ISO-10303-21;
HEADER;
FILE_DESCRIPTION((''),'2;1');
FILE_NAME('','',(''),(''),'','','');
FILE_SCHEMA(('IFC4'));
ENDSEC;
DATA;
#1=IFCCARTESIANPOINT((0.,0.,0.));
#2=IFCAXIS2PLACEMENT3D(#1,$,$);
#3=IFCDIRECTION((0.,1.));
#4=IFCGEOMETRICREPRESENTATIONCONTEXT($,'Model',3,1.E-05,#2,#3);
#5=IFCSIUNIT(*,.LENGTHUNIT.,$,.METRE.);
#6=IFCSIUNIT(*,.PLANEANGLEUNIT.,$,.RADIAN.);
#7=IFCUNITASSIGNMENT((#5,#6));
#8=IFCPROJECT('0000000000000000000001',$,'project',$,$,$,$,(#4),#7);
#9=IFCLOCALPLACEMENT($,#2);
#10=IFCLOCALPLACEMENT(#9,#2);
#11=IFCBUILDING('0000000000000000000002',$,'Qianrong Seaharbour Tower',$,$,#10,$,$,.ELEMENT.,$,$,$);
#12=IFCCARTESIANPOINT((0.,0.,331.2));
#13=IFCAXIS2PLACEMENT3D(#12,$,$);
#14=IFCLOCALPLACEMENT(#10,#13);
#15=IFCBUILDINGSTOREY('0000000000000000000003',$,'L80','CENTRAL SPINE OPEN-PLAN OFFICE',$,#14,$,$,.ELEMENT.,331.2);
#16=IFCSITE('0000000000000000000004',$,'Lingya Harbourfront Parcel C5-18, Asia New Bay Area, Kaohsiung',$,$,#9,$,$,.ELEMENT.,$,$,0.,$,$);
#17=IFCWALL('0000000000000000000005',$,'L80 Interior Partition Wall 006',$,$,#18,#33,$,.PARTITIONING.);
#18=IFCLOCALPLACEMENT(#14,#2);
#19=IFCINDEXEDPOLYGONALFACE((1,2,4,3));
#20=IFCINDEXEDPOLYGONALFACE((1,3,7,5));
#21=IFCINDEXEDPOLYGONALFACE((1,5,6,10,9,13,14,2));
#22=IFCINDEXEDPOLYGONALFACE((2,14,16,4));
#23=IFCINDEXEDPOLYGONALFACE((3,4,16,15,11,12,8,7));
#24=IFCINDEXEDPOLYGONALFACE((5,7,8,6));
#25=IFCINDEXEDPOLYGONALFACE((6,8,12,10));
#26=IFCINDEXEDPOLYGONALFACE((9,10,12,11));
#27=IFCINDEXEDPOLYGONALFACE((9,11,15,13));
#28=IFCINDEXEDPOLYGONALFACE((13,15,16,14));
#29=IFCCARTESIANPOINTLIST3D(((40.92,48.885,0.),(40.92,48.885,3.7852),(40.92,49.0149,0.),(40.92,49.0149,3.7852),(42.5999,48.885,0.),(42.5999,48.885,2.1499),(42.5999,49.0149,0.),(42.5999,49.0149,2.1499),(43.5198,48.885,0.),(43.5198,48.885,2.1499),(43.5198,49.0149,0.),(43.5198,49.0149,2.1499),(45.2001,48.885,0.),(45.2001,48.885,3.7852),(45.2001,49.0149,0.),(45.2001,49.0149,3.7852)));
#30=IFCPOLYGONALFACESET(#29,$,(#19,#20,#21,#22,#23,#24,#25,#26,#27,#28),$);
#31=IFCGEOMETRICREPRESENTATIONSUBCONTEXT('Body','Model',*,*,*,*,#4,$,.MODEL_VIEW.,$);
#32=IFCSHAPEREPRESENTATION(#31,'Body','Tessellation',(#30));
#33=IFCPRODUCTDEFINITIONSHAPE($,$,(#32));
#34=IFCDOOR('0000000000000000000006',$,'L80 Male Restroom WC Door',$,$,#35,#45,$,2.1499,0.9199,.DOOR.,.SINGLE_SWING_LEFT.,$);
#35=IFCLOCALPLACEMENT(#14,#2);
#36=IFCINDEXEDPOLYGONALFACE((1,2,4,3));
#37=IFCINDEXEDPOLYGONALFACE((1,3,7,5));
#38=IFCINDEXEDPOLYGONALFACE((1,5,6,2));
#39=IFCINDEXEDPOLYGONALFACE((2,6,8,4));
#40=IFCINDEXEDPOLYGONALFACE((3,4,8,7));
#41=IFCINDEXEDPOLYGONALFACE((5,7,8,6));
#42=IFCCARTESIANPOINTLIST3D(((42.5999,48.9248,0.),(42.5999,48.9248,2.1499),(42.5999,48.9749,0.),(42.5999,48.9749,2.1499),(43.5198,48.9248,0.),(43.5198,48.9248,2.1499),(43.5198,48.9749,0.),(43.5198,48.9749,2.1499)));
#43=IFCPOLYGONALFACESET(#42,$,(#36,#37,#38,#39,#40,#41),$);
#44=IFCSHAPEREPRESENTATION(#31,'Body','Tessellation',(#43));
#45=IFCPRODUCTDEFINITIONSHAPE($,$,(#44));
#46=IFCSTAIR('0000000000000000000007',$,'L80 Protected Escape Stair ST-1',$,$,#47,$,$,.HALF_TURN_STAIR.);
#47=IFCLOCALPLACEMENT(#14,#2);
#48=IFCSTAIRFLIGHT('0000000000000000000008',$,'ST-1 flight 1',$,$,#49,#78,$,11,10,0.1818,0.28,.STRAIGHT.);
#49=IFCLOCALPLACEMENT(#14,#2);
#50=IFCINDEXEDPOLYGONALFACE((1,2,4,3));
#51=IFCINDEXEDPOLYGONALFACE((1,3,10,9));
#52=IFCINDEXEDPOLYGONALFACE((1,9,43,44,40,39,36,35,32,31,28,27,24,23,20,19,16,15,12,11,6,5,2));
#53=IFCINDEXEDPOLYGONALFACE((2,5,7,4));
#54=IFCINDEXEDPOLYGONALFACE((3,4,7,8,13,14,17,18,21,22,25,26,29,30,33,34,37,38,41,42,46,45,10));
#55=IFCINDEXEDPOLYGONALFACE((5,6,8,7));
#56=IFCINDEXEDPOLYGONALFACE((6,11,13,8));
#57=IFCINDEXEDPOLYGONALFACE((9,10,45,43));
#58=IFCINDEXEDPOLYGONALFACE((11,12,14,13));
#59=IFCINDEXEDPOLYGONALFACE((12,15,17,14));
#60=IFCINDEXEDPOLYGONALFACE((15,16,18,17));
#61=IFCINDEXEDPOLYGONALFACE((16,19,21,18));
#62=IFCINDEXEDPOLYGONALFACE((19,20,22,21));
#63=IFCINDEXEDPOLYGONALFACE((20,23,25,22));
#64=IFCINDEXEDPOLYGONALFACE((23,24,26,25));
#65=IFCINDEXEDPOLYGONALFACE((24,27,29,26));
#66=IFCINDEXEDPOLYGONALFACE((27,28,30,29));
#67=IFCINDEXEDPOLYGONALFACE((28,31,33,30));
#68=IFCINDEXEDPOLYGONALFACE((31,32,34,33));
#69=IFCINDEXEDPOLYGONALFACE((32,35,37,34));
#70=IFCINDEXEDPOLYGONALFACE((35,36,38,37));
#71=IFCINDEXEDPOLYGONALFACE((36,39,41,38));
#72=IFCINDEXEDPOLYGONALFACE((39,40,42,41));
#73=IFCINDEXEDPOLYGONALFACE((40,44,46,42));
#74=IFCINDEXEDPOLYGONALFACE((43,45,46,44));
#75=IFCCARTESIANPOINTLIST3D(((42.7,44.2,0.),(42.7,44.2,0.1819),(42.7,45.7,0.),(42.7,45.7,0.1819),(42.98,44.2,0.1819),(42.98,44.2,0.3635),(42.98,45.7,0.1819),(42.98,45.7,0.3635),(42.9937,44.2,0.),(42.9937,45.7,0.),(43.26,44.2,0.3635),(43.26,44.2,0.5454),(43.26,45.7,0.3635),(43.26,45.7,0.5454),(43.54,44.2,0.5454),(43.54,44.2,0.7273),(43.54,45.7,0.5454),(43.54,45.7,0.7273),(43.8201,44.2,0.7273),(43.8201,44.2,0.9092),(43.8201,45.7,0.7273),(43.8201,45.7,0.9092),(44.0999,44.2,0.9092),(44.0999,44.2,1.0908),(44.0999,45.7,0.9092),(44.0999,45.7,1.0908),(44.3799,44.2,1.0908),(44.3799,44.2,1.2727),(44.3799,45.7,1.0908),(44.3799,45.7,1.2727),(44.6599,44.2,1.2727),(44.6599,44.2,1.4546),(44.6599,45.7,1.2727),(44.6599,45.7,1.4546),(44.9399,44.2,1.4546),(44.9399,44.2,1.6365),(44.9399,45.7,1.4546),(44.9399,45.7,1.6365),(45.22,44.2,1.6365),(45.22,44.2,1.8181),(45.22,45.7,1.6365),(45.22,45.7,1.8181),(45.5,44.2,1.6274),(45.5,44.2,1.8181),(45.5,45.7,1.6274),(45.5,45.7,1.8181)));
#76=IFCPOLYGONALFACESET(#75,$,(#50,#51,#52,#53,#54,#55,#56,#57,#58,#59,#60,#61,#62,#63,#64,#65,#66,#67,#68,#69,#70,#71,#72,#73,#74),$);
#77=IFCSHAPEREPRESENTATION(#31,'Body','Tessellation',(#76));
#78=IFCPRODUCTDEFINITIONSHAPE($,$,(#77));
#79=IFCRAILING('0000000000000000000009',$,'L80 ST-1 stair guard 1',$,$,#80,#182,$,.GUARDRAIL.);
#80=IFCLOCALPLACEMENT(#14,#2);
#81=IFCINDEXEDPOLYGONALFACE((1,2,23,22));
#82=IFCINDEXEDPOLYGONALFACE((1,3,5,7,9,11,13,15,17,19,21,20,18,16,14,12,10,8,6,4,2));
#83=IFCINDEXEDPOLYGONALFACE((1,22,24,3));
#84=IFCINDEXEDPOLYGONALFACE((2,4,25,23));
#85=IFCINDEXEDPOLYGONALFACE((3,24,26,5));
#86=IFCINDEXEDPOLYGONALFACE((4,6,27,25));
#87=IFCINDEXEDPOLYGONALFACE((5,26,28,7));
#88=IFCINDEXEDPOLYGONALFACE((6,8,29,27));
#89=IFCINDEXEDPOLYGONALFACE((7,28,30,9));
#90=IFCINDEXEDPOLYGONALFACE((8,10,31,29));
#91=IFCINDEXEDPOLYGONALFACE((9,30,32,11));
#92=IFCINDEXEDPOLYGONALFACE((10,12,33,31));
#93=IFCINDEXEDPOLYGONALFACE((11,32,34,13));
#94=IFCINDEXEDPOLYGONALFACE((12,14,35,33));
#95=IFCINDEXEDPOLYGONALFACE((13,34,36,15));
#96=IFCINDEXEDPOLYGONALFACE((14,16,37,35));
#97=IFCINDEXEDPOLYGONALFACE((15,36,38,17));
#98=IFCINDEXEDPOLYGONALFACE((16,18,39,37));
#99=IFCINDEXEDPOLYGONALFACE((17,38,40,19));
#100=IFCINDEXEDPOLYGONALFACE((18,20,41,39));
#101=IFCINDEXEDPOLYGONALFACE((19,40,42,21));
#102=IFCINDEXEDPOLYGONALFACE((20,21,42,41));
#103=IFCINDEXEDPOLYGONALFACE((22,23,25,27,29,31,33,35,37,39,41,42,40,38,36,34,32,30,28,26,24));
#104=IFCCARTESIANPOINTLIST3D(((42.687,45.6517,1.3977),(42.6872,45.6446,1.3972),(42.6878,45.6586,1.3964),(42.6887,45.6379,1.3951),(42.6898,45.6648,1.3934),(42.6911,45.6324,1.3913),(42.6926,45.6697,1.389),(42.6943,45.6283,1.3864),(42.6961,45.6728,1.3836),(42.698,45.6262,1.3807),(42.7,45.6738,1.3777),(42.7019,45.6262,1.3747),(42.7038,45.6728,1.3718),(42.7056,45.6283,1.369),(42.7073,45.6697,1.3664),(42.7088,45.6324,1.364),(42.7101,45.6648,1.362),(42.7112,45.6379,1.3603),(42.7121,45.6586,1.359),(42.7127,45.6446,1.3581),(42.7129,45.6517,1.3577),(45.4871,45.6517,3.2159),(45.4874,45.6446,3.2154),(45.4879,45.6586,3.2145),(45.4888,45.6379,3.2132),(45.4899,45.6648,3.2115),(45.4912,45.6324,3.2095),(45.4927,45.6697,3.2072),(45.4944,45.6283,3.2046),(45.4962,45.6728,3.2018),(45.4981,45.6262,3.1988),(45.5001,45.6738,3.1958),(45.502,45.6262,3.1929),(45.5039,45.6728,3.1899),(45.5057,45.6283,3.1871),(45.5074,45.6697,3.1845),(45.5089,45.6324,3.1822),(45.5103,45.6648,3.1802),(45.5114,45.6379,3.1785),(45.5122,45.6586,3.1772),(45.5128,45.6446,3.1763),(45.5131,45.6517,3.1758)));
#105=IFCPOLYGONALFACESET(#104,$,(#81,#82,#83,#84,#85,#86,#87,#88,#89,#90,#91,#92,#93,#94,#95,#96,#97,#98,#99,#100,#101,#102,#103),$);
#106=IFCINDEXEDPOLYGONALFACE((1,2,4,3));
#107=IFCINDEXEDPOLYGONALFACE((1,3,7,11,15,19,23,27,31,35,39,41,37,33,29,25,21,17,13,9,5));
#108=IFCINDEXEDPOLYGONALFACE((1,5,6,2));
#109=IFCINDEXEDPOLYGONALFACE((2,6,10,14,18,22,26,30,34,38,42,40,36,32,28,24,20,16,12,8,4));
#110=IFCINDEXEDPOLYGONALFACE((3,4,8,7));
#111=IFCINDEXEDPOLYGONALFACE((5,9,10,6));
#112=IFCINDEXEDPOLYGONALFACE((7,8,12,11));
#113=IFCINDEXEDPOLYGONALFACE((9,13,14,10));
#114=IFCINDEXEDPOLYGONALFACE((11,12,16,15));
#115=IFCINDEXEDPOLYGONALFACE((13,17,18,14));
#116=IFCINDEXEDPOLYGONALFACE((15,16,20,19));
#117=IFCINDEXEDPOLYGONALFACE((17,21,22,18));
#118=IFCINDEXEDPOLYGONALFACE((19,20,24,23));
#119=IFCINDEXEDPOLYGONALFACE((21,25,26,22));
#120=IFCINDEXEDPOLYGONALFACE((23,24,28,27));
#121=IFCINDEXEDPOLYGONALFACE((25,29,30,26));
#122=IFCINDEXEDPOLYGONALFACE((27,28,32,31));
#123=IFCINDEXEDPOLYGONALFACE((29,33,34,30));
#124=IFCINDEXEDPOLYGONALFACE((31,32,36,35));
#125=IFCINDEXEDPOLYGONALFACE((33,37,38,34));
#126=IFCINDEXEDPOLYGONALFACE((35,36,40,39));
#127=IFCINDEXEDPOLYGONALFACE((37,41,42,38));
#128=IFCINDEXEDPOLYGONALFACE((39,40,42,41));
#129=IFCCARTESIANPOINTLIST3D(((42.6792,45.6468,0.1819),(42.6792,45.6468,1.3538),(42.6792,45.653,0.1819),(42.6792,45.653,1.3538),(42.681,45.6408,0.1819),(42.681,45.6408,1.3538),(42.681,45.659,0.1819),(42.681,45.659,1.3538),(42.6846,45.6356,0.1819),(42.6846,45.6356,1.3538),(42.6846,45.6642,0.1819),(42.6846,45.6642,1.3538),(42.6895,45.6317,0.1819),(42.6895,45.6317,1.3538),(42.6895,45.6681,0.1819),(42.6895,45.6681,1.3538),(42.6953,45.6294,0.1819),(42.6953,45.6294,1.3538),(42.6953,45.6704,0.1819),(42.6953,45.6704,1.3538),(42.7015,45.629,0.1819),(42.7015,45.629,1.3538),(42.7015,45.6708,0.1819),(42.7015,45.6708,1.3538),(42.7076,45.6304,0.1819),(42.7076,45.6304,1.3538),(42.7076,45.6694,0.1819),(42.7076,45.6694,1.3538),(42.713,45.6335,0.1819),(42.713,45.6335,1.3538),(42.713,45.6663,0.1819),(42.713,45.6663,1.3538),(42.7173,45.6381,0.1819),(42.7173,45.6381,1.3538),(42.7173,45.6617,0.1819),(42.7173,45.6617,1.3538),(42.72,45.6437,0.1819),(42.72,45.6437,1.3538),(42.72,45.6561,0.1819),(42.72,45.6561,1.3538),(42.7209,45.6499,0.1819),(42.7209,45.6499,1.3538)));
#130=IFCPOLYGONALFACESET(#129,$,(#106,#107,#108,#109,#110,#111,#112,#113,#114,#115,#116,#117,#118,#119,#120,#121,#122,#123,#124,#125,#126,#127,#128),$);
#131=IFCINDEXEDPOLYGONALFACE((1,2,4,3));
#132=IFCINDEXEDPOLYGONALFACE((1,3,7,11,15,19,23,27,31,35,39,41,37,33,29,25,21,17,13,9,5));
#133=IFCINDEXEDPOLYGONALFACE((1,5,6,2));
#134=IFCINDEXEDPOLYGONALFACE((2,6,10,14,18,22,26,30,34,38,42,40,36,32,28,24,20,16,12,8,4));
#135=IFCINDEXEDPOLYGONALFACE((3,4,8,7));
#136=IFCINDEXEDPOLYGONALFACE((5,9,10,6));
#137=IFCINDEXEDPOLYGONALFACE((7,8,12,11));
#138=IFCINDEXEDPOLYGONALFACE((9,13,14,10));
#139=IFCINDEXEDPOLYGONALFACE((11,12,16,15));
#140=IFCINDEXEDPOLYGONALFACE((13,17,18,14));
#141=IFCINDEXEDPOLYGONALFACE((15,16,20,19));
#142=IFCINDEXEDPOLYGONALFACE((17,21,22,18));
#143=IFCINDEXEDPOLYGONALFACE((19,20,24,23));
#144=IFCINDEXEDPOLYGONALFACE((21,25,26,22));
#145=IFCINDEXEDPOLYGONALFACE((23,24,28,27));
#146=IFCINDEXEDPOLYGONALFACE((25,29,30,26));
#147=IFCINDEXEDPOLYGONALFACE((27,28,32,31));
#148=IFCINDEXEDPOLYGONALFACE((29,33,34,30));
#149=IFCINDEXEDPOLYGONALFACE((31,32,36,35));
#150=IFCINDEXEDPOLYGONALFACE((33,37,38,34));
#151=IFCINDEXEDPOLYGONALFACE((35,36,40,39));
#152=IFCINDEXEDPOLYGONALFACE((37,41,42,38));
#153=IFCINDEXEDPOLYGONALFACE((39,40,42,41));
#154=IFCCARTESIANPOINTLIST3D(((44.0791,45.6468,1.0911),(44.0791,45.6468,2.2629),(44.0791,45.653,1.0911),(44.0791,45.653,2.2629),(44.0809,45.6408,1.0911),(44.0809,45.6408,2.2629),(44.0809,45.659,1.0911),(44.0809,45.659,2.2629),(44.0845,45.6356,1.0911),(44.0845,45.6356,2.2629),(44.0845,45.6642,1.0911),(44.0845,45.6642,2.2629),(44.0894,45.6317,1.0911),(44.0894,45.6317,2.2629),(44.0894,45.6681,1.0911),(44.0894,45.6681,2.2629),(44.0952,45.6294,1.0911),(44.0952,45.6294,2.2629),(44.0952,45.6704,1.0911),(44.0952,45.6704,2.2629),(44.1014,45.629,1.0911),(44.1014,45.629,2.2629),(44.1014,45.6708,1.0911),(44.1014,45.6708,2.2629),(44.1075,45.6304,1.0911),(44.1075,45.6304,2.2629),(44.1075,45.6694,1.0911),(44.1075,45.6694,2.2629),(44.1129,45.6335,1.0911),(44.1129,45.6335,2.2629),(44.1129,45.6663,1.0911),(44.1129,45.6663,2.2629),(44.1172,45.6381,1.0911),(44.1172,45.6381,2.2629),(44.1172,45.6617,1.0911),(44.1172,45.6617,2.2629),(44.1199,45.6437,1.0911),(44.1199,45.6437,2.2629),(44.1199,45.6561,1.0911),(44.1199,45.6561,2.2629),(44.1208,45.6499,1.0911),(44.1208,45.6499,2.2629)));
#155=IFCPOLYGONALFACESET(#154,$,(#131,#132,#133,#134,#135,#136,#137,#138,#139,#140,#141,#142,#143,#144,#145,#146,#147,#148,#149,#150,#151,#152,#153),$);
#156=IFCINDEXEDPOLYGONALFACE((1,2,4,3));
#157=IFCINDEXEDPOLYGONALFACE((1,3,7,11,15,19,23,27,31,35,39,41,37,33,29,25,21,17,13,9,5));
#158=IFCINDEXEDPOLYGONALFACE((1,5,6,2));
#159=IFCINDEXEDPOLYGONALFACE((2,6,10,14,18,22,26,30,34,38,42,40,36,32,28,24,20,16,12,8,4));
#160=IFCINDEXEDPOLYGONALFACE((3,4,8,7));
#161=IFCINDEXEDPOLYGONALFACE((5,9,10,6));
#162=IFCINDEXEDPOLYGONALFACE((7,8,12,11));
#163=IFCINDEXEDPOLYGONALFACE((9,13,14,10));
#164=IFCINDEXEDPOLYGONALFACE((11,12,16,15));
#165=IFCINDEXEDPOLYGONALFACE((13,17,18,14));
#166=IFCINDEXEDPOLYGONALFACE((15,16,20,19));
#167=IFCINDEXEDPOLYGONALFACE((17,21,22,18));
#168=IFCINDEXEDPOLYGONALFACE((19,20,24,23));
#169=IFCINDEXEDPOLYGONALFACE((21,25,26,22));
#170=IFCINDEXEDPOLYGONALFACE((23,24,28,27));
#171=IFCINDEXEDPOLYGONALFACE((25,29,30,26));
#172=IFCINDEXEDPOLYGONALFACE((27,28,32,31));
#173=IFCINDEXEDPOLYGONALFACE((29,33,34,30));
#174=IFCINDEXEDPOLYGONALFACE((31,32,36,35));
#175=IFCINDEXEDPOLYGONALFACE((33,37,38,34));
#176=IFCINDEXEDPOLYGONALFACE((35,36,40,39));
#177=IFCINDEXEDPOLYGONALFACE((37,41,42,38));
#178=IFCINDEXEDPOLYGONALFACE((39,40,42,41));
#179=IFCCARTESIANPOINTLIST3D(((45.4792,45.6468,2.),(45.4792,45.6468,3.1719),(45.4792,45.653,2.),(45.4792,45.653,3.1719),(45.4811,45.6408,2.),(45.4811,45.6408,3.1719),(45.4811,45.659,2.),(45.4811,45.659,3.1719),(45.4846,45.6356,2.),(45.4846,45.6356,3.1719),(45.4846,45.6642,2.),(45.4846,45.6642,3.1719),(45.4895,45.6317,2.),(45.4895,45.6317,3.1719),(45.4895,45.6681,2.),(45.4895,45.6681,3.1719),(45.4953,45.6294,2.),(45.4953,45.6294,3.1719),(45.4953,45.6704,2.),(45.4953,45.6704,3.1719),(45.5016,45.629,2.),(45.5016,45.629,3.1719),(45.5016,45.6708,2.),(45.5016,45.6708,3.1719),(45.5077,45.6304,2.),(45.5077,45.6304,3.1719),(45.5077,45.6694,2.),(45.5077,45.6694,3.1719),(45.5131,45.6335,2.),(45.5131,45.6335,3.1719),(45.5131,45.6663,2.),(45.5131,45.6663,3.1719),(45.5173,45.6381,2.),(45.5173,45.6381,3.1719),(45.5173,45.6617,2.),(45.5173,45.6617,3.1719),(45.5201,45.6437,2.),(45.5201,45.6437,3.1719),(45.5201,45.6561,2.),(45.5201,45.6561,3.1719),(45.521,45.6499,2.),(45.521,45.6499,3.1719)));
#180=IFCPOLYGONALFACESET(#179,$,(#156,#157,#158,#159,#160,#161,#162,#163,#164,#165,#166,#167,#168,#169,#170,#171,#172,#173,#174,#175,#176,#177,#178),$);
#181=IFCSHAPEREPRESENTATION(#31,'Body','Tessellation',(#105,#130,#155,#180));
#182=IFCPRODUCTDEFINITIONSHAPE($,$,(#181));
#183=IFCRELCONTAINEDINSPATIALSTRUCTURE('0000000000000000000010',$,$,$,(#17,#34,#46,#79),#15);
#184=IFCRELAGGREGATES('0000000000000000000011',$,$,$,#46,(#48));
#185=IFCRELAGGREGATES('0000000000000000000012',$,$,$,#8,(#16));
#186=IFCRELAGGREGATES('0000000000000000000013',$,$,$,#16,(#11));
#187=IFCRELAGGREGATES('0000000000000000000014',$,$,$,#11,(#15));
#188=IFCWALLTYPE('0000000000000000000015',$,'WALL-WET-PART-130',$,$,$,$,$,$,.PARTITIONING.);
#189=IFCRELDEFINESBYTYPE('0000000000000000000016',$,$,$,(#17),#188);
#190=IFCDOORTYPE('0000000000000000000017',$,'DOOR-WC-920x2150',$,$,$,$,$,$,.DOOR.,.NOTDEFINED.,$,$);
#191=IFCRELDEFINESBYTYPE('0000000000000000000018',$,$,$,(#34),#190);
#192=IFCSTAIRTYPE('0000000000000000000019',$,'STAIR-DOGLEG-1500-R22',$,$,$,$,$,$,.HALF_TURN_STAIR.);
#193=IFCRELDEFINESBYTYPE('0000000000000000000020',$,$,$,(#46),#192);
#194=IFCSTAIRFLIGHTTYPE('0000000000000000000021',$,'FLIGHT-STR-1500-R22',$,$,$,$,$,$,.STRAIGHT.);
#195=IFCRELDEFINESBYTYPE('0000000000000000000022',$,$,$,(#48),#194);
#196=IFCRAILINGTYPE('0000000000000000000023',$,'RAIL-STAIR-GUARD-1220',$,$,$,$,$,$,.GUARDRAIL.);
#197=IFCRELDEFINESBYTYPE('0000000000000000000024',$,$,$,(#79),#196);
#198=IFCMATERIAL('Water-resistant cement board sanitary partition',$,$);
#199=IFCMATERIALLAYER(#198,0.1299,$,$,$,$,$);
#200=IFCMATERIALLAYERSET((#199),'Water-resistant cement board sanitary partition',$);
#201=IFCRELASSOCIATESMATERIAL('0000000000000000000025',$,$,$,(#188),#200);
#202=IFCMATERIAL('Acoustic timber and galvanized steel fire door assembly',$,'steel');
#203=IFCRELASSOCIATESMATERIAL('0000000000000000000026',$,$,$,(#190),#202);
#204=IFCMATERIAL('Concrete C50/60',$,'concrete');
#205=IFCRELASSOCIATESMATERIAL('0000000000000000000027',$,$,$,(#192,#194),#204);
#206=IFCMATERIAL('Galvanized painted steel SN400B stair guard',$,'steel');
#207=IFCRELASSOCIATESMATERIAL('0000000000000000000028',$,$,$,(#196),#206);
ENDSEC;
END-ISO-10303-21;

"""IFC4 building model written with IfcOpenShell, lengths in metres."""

from ifc_helpers import new_model, si_unit, direction, frame, frame_2d, origin, origin_2d, place, context, subcontext, project, spatial, polyline, rectangle, circle, outline, extrude, material, layer, layer_set, type_object, element, fill, aggregate, save


model = new_model("IFC4")

# Units and contexts
model_context = context("Model", 3, precision=1e-05, world=origin(), true_north=direction((0.0, 1.0)))
body_context = subcontext(model_context, "Body", "Model", "MODEL_VIEW")
ifc_project = project(units=[si_unit("LENGTHUNIT", "METRE"), si_unit("PLANEANGLEUNIT", "RADIAN")], contexts=[model_context])

# Site, building, storey
site_placement = place(None, origin())
site = spatial("IfcSite", under=ifc_project, at=site_placement, Name="Lingya Harbourfront Parcel C5-18, Asia New Bay Area, Kaohsiung", CompositionType="ELEMENT", RefElevation=0.0)
building_placement = place(site_placement, origin())
building = spatial("IfcBuilding", under=site, at=building_placement, Name="Qianrong Seaharbour Tower", CompositionType="ELEMENT")
storey_placement = place(building_placement, frame((0.0, 0.0, 331.2)))
storey = spatial("IfcBuildingStorey", under=building, at=storey_placement, Name="L80", Description="CENTRAL SPINE OPEN-PLAN OFFICE", CompositionType="ELEMENT", Elevation=331.2)

# Shared definitions
ifc_material_1 = material(Name="Concrete C50/60", Category="concrete")

# Shared definitions
ifc_material_2 = material(Name="Acoustic timber and galvanized steel fire door assembly", Category="steel")

# Shared definitions
ifc_material_3 = material(Name="Water-resistant cement board sanitary partition")
ifc_layer_1 = layer(ifc_material_3, 0.1299)
ifc_layer_set_1 = layer_set([ifc_layer_1], Name="Water-resistant cement board sanitary partition")
wall_type_1 = type_object("IfcWallType", Name="WALL-WET-PART-130", PredefinedType="PARTITIONING", material=ifc_layer_set_1)

# Wall, opening, door
wall_1_placement = place(storey_placement, frame((40.9199, 48.95, 0.0), z_axis=(0.0, 0.0, 1.0), x_axis=(1.0, 0.0, 0.0)))
wall_1 = element("IfcWall", 1, at=wall_1_placement, inside=storey, type_object=wall_type_1, Name="L80 Interior Partition Wall 006", PredefinedType="PARTITIONING", context=body_context, shape_type="SweptSolid", body=[
    extrude(rectangle(XDim=4.28, YDim=0.1299, at=frame_2d((2.1401, 0.0))), origin(), (0.0, 0.0, 1.0), 3.7852),
])
opening_1_placement = place(wall_1_placement, frame((1.6799, 0.0, 0.0)))
opening_1 = element("IfcOpeningElement", 2, at=opening_1_placement, cuts=wall_1, PredefinedType="OPENING", context=body_context, shape_type="SweptSolid", body=[
    extrude(rectangle(XDim=0.9199, YDim=2.1499, at=frame_2d((0.46, 1.075))), frame((0.0, 0.075, 0.0), z_axis=(0.0, -1.0, 0.0), x_axis=(1.0, 0.0, 0.0)), (0.0, 0.0, 1.0), 0.1499),
])
door_type_1 = type_object("IfcDoorType", Name="DOOR-WC-920x2150", OperationType="NOTDEFINED", PredefinedType="DOOR", material=ifc_material_2)
door_1_placement = place(opening_1_placement, origin())
door_1 = element("IfcDoor", 3, at=door_1_placement, inside=storey, type_object=door_type_1, Name="L80 Male Restroom WC Door", OperationType="SINGLE_SWING_LEFT", OverallHeight=2.1499, OverallWidth=0.9199, PredefinedType="DOOR", context=body_context, shape_type="SweptSolid", body=[
    extrude(rectangle(XDim=0.9199, YDim=2.1499, at=frame_2d((0.46, 1.075))), frame((0.0, 0.0249, 0.0), z_axis=(0.0, -1.0, 0.0), x_axis=(1.0, 0.0, 0.0)), (0.0, 0.0, 1.0), 0.05),
])
fill(opening_1, door_1)

# Stair, stair flight
stair_type = type_object("IfcStairType", Name="STAIR-DOGLEG-1500-R22", PredefinedType="HALF_TURN_STAIR", material=ifc_material_1)
stair_placement = place(storey_placement, origin())
stair = element("IfcStair", 4, at=stair_placement, inside=storey, type_object=stair_type, Name="L80 Protected Escape Stair ST-1", PredefinedType="HALF_TURN_STAIR")
stair_flight_type = type_object("IfcStairFlightType", Name="FLIGHT-STR-1500-R22", PredefinedType="STRAIGHT", material=ifc_material_1)
stair_flight_placement = place(storey_placement, frame((42.7, 44.95, 0.0), z_axis=(0.0, 0.0, 1.0), x_axis=(1.0, 0.0, 0.0)))
stair_flight = element("IfcStairFlight", 5, at=stair_flight_placement, type_object=stair_flight_type, Name="ST-1 flight 1", NumberOfRisers=11, NumberOfTreads=10, PredefinedType="STRAIGHT", RiserHeight=0.1818, TreadLength=0.28, context=body_context, shape_type="SweptSolid", body=[
    extrude(outline(polyline([(0.0, 0.0), (0.0, 0.1819), (0.28, 0.1819), (0.28, 0.3635), (0.5601, 0.3635), (0.5601, 0.5454), (0.8401, 0.5454), (0.8401, 0.7273), (1.1201, 0.7273), (1.1201, 0.9092), (1.3999, 0.9092), (1.3999, 1.0908), (1.6799, 1.0908), (1.6799, 1.2727), (1.96, 1.2727), (1.96, 1.4546), (2.24, 1.4546), (2.24, 1.6365), (2.52, 1.6365), (2.52, 1.8181), (2.8, 1.8181), (2.8, 2.0), (2.8, 1.6274), (0.2937, 0.0), (0.0, 0.0)])), frame((0.0, 0.75, 0.0), z_axis=(0.0, -1.0, 0.0), x_axis=(1.0, 0.0, 0.0)), (0.0, 0.0, 1.0), 1.5),
])
aggregate(stair, [stair_flight])

# Railing
ifc_material_4 = material(Name="Galvanized painted steel SN400B stair guard", Category="steel")
railing_type = type_object("IfcRailingType", Name="RAIL-STAIR-GUARD-1220", PredefinedType="GUARDRAIL", material=ifc_material_4)
railing_1_placement = place(storey_placement, frame((42.7, 45.6499, 0.1819)))
element("IfcRailing", 6, at=railing_1_placement, inside=storey, type_object=railing_type, Name="L80 ST-1 stair guard 1", PredefinedType="GUARDRAIL", context=body_context, shape_type="SweptSolid", body=[
    extrude(circle(Radius=0.0239, at=origin_2d()), frame((0.0, 0.0, 1.1958), z_axis=(0.838706, 0.0, 0.544585), x_axis=(0.0, 1.0, 0.0)), (0.0, 0.0, 1.0), 3.3386),
    extrude(circle(Radius=0.021, at=origin_2d()), origin(), (0.0, 0.0, 1.0), 1.1719),
    extrude(circle(Radius=0.021, at=origin_2d()), frame((1.3999, 0.0, 0.9092)), (0.0, 0.0, 1.0), 1.1719),
    extrude(circle(Radius=0.021, at=origin_2d()), frame((2.8, 0.0, 1.8181)), (0.0, 0.0, 1.0), 1.1719),
])

save(model, "model.ifc")
